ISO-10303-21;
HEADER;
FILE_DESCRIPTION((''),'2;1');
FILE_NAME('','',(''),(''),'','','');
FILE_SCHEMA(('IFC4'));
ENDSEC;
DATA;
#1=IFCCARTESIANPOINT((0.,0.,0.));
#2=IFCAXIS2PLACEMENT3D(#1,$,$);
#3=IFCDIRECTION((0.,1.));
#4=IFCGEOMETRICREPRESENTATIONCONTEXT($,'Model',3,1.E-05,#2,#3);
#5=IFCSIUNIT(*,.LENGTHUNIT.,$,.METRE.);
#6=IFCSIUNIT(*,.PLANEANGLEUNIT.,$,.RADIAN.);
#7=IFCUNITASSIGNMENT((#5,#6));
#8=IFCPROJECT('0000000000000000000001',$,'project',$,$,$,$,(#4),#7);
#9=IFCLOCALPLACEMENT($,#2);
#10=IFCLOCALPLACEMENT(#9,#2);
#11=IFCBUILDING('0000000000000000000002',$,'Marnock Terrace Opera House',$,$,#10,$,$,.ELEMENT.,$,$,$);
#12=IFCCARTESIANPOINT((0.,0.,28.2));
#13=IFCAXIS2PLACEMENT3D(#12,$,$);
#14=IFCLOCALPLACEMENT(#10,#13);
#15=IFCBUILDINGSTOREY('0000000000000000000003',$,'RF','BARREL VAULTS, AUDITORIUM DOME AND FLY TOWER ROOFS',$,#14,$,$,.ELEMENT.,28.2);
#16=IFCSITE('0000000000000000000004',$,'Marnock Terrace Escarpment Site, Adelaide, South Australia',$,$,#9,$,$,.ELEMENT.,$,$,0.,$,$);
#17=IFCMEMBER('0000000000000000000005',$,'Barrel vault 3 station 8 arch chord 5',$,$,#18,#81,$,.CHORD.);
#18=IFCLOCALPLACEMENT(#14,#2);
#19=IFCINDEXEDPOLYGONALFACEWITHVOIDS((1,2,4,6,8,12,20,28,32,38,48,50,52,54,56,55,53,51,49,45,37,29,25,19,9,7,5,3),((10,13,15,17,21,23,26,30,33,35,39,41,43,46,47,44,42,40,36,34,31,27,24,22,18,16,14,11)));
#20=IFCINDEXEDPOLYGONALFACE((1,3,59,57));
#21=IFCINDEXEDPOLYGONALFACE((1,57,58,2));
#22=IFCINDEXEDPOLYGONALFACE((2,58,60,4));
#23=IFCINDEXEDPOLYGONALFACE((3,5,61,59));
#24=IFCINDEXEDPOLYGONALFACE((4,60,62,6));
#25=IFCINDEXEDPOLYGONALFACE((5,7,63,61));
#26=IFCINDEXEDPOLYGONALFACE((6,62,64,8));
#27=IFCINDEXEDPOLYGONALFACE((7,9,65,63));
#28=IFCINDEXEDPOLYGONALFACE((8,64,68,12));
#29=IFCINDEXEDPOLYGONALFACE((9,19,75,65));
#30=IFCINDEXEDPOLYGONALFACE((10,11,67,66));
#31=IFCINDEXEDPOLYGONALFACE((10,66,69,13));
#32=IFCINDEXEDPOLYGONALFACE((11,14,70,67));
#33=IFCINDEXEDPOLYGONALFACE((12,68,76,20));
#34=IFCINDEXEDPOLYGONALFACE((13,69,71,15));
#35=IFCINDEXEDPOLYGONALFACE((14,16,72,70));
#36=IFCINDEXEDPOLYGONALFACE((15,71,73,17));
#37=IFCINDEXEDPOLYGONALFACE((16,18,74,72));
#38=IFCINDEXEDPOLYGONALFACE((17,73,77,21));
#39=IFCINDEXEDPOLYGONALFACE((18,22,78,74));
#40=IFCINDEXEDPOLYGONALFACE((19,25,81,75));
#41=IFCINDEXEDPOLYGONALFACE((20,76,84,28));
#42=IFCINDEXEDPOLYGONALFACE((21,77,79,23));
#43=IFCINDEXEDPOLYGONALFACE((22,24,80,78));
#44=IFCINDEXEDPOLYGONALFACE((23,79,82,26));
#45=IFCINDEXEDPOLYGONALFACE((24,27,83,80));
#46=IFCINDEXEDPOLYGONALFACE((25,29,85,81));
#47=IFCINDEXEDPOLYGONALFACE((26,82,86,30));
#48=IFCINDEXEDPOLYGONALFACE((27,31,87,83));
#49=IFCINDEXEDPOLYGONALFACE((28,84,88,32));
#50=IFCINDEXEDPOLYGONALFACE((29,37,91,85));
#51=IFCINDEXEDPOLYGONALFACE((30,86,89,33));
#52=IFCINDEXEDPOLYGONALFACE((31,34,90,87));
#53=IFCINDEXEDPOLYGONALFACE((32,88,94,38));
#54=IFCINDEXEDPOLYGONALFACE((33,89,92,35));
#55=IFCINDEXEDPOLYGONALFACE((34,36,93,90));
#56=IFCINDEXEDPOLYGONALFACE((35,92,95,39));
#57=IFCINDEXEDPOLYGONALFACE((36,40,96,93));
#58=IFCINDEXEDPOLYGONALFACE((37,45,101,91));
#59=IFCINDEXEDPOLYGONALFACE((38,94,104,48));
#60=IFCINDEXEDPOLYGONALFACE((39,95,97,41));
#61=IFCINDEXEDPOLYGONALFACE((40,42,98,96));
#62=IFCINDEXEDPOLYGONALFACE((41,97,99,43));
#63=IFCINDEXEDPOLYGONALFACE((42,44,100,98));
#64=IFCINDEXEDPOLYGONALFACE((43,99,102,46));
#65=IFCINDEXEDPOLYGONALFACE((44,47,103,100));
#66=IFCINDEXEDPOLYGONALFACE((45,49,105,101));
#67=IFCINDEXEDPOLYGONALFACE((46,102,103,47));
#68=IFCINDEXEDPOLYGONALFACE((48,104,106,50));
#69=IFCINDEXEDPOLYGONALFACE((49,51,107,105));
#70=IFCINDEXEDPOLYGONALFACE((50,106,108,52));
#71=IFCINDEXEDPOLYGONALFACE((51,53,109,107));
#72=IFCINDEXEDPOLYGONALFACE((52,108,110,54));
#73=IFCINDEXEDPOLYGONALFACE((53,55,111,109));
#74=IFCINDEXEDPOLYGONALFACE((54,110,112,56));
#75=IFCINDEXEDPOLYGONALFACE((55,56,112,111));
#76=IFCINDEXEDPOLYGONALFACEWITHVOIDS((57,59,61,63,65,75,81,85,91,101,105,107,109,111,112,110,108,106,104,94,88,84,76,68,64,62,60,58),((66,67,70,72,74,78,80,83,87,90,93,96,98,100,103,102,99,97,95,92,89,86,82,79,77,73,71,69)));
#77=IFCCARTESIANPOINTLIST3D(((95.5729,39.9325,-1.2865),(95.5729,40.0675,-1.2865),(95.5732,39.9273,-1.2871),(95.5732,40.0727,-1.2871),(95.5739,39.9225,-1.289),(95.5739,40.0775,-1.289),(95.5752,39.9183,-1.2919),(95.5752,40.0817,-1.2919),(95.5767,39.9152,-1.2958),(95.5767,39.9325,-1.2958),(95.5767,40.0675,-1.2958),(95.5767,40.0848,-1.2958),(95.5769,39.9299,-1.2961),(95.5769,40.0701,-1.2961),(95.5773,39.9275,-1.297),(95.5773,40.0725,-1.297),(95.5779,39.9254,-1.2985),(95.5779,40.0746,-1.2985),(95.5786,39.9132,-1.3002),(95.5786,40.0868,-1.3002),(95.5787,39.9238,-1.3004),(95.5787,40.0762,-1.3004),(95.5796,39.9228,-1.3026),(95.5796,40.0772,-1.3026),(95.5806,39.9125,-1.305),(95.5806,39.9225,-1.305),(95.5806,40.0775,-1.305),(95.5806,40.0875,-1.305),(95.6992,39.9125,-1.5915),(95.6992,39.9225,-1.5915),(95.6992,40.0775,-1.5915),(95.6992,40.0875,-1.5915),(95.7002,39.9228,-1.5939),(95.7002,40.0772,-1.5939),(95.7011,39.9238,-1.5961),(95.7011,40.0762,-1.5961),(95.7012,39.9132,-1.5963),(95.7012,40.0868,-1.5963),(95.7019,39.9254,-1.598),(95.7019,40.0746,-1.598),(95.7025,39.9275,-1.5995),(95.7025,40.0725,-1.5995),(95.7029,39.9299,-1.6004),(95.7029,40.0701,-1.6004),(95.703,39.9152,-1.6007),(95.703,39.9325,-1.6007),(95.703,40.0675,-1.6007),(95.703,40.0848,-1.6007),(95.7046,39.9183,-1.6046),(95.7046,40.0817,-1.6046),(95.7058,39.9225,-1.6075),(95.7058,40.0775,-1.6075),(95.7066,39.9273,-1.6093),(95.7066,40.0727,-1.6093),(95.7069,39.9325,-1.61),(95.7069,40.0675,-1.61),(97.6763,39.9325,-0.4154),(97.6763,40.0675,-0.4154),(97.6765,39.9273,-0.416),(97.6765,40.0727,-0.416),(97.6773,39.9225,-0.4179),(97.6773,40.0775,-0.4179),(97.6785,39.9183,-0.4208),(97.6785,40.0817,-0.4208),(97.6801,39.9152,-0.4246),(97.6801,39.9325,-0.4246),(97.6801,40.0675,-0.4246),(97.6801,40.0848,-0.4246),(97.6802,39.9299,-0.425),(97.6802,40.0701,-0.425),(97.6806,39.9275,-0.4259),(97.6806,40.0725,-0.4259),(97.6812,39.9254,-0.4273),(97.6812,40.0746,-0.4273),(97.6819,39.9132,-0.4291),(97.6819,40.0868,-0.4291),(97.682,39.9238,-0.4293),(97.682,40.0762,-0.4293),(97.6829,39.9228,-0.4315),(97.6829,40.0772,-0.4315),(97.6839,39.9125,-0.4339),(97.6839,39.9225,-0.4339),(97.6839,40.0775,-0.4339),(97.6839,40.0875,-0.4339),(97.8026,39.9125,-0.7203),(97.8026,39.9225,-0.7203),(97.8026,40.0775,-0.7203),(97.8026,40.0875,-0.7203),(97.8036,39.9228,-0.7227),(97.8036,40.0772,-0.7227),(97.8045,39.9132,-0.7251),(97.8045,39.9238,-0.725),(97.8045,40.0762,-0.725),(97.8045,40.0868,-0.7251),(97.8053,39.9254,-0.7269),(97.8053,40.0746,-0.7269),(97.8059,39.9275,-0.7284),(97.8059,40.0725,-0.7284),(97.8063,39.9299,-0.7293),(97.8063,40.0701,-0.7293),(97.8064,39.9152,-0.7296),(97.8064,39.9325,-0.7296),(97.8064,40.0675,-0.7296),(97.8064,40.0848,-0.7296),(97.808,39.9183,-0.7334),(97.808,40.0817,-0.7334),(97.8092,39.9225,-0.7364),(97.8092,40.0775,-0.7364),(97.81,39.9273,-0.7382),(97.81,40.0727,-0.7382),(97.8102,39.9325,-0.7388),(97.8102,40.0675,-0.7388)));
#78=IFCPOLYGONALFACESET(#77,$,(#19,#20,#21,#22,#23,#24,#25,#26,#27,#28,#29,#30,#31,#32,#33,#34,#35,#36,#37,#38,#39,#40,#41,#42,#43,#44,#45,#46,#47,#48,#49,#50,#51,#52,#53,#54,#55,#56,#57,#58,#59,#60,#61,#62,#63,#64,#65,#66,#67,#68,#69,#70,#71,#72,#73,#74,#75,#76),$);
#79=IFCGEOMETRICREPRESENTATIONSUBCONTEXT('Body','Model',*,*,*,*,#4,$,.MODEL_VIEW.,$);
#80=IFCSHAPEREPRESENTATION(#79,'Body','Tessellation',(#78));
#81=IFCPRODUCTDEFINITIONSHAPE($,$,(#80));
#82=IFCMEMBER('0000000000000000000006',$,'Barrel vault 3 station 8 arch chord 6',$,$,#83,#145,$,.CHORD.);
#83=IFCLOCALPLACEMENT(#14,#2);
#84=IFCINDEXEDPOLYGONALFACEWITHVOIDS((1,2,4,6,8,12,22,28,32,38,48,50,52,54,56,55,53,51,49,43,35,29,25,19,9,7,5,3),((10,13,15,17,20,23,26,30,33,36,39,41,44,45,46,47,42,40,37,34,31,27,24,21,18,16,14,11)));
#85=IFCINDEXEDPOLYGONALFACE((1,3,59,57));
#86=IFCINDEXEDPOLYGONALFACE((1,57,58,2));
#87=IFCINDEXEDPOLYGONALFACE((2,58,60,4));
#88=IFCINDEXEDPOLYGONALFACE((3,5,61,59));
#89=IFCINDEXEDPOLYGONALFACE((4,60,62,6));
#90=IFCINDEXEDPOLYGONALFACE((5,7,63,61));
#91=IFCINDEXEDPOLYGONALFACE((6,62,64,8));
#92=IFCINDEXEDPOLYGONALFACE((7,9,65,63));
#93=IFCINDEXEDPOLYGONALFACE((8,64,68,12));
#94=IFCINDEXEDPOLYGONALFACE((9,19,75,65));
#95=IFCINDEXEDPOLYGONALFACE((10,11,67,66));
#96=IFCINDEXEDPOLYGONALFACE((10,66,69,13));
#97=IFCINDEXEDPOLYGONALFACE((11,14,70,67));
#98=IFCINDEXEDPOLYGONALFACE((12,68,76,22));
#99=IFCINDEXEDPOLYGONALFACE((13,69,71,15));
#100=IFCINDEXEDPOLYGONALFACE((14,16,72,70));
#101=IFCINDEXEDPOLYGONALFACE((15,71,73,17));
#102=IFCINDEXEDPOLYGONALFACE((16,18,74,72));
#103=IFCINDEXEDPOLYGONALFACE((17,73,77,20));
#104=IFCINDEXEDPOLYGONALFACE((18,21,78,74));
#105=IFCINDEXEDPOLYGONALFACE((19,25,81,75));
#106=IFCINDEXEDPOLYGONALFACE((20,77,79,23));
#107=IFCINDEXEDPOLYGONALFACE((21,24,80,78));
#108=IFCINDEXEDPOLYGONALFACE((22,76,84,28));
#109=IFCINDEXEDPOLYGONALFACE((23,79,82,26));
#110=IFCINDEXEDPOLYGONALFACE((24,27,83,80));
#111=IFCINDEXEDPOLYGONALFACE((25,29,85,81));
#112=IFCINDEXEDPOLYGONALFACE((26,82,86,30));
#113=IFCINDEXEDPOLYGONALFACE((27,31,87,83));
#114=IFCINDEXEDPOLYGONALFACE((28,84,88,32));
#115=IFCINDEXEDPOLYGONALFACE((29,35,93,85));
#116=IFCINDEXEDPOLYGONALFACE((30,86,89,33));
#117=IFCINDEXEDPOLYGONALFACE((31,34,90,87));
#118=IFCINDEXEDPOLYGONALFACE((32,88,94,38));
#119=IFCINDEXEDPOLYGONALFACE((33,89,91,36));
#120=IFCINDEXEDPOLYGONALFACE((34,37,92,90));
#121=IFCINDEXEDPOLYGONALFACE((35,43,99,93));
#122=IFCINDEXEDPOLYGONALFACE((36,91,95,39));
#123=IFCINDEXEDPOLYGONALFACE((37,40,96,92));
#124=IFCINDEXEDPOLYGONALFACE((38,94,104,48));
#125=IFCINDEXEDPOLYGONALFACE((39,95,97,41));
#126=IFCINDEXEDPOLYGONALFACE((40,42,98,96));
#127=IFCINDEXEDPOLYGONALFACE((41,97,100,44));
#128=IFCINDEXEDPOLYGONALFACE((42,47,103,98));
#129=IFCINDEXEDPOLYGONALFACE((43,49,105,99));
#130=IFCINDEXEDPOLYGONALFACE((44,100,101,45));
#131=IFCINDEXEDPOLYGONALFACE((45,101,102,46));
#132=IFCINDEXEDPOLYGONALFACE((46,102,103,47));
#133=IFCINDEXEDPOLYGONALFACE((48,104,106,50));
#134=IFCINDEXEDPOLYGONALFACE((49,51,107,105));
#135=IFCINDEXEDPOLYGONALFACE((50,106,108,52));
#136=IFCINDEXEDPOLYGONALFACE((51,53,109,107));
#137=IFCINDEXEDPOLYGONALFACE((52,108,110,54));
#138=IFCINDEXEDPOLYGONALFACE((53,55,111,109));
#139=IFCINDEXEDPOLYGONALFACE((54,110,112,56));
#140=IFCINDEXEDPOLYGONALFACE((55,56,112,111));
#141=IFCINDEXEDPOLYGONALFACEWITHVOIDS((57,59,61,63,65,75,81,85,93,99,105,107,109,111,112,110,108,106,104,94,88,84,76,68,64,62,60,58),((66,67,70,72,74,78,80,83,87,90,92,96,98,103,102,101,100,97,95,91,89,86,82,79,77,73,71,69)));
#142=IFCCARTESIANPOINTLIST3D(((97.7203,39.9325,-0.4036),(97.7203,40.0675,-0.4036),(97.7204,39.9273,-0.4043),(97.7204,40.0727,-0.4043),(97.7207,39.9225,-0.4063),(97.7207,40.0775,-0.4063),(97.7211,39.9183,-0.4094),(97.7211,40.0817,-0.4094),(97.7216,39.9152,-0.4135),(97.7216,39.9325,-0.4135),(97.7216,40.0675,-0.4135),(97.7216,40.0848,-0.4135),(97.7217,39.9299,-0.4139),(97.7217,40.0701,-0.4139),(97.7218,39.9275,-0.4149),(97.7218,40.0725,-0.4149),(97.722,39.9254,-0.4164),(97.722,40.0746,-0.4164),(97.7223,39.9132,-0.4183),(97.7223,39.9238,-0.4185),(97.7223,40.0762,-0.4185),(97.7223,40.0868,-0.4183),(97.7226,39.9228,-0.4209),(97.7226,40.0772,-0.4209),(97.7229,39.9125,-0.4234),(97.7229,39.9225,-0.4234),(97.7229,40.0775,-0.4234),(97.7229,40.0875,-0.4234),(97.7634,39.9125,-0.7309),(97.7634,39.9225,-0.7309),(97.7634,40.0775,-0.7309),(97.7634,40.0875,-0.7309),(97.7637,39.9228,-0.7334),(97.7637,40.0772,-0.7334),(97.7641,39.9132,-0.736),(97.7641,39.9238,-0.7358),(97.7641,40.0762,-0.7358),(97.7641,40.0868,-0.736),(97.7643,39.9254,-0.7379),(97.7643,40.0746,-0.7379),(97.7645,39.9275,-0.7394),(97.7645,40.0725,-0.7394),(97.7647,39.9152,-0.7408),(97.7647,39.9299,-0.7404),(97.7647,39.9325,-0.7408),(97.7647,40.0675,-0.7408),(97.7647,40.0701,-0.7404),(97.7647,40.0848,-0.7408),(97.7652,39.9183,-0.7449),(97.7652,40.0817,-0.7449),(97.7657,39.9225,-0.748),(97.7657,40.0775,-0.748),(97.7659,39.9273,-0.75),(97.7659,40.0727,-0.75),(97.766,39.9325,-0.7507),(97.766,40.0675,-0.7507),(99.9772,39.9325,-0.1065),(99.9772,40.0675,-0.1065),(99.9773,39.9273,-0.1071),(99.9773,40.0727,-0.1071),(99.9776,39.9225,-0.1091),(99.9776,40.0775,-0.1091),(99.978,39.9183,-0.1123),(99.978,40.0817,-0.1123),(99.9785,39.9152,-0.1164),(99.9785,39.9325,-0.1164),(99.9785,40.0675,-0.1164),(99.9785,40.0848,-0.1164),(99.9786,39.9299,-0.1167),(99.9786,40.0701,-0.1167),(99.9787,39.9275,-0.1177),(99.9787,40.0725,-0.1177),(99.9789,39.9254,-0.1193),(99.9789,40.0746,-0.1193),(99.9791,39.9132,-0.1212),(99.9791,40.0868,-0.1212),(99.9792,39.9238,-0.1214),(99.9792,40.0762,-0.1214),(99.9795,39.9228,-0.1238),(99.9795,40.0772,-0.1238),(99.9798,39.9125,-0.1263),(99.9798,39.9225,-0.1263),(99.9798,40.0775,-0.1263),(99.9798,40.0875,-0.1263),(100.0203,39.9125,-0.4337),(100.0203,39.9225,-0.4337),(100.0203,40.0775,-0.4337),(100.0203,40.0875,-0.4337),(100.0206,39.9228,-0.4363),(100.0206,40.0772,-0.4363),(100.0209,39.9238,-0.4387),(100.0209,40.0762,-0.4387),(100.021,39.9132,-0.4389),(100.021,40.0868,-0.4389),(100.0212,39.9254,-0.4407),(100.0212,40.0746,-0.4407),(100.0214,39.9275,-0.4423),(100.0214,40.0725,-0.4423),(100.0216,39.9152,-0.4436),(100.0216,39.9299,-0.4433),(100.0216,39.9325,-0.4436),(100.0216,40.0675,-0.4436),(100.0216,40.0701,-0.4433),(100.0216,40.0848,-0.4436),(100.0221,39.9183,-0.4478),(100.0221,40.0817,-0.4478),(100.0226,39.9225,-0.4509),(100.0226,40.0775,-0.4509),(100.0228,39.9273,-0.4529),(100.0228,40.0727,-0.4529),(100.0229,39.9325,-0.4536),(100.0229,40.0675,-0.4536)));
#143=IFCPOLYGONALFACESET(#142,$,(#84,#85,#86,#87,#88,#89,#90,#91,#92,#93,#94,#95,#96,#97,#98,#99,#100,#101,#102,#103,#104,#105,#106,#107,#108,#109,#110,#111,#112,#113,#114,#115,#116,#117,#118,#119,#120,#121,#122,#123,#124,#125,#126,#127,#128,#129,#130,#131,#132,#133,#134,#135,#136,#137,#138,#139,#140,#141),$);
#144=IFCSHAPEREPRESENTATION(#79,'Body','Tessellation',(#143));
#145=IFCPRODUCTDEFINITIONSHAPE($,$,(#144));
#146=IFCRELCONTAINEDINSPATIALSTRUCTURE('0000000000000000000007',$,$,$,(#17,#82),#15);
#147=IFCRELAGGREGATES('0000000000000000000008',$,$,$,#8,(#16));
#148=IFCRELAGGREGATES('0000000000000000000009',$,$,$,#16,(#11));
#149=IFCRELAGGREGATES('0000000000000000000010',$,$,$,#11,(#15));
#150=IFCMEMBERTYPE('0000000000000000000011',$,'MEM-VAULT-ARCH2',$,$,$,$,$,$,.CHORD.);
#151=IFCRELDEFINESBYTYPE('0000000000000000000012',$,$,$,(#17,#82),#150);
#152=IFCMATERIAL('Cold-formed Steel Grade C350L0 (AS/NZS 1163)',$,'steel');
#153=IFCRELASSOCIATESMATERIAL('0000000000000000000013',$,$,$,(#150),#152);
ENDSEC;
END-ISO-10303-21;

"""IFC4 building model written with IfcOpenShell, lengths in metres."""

from ifc_helpers import new_model, si_unit, direction, frame, origin, origin_2d, place, context, subcontext, project, spatial, hollow_rectangle, extrude, material, material_profile, profile_set, type_object, element, save


model = new_model("IFC4")

# Units and contexts
model_context = context("Model", 3, precision=1e-05, world=origin(), true_north=direction((0.0, 1.0)))
body_context = subcontext(model_context, "Body", "Model", "MODEL_VIEW")
ifc_project = project(units=[si_unit("LENGTHUNIT", "METRE"), si_unit("PLANEANGLEUNIT", "RADIAN")], contexts=[model_context])

# Site, building, storey
site_placement = place(None, origin())
site = spatial("IfcSite", under=ifc_project, at=site_placement, Name="Marnock Terrace Escarpment Site, Adelaide, South Australia", CompositionType="ELEMENT", RefElevation=0.0)
building_placement = place(site_placement, origin())
building = spatial("IfcBuilding", under=site, at=building_placement, Name="Marnock Terrace Opera House", CompositionType="ELEMENT")
storey_placement = place(building_placement, frame((0.0, 0.0, 28.2)))
storey = spatial("IfcBuildingStorey", under=building, at=storey_placement, Name="RF", Description="BARREL VAULTS, AUDITORIUM DOME AND FLY TOWER ROOFS", CompositionType="ELEMENT", Elevation=28.2)

# Members
ifc_material_1 = material(Name="Cold-formed Steel Grade C350L0 (AS/NZS 1163)", Category="steel")
ifc_material_profile_1 = material_profile(ifc_material_1, hollow_rectangle(XDim=0.175, YDim=0.3501, WallThickness=0.01, InnerFilletRadius=0.01, OuterFilletRadius=0.02, at=origin_2d()))
ifc_profile_set_1 = profile_set([ifc_material_profile_1], Name="Cold-formed Steel Grade C350L0 (AS/NZS 1163)")
member_type_1 = type_object("IfcMemberType", Name="MEM-VAULT-ARCH2", PredefinedType="CHORD", material=ifc_profile_set_1)
member_1_placement = place(storey_placement, frame((95.6399, 40.0, -1.4482), z_axis=(0.923897, 0.0, 0.382642), x_axis=(0.0, 1.0, 0.0)))
element("IfcMember", 1, at=member_1_placement, inside=storey, type_object=member_type_1, Name="Barrel vault 3 station 8 arch chord 5", PredefinedType="CHORD", context=body_context, shape_type="SweptSolid", body=[
    extrude(hollow_rectangle(XDim=0.175, YDim=0.3501, WallThickness=0.01, InnerFilletRadius=0.01, OuterFilletRadius=0.02, at=origin_2d()), origin(), (0.0, 0.0, 1.0), 2.2766),
])
for number, where, z_axis, x_axis, name in (
    (2, (97.7432, 40.0, -0.5771), (0.991445, 0.0, 0.130527), (0.0, 1.0, 0.0), "Barrel vault 3 station 8 arch chord 6"),
):
    element("IfcMember", number, at=place(storey_placement, frame(where, z_axis=z_axis, x_axis=x_axis)), inside=storey, type_object=member_type_1, Name=name, PredefinedType="CHORD", context=body_context, shape_type="SweptSolid", body=[
        extrude(hollow_rectangle(XDim=0.175, YDim=0.3501, WallThickness=0.01, InnerFilletRadius=0.01, OuterFilletRadius=0.02, at=origin_2d()), origin(), (0.0, 0.0, 1.0), 2.2764),
    ])

save(model, "model.ifc")
